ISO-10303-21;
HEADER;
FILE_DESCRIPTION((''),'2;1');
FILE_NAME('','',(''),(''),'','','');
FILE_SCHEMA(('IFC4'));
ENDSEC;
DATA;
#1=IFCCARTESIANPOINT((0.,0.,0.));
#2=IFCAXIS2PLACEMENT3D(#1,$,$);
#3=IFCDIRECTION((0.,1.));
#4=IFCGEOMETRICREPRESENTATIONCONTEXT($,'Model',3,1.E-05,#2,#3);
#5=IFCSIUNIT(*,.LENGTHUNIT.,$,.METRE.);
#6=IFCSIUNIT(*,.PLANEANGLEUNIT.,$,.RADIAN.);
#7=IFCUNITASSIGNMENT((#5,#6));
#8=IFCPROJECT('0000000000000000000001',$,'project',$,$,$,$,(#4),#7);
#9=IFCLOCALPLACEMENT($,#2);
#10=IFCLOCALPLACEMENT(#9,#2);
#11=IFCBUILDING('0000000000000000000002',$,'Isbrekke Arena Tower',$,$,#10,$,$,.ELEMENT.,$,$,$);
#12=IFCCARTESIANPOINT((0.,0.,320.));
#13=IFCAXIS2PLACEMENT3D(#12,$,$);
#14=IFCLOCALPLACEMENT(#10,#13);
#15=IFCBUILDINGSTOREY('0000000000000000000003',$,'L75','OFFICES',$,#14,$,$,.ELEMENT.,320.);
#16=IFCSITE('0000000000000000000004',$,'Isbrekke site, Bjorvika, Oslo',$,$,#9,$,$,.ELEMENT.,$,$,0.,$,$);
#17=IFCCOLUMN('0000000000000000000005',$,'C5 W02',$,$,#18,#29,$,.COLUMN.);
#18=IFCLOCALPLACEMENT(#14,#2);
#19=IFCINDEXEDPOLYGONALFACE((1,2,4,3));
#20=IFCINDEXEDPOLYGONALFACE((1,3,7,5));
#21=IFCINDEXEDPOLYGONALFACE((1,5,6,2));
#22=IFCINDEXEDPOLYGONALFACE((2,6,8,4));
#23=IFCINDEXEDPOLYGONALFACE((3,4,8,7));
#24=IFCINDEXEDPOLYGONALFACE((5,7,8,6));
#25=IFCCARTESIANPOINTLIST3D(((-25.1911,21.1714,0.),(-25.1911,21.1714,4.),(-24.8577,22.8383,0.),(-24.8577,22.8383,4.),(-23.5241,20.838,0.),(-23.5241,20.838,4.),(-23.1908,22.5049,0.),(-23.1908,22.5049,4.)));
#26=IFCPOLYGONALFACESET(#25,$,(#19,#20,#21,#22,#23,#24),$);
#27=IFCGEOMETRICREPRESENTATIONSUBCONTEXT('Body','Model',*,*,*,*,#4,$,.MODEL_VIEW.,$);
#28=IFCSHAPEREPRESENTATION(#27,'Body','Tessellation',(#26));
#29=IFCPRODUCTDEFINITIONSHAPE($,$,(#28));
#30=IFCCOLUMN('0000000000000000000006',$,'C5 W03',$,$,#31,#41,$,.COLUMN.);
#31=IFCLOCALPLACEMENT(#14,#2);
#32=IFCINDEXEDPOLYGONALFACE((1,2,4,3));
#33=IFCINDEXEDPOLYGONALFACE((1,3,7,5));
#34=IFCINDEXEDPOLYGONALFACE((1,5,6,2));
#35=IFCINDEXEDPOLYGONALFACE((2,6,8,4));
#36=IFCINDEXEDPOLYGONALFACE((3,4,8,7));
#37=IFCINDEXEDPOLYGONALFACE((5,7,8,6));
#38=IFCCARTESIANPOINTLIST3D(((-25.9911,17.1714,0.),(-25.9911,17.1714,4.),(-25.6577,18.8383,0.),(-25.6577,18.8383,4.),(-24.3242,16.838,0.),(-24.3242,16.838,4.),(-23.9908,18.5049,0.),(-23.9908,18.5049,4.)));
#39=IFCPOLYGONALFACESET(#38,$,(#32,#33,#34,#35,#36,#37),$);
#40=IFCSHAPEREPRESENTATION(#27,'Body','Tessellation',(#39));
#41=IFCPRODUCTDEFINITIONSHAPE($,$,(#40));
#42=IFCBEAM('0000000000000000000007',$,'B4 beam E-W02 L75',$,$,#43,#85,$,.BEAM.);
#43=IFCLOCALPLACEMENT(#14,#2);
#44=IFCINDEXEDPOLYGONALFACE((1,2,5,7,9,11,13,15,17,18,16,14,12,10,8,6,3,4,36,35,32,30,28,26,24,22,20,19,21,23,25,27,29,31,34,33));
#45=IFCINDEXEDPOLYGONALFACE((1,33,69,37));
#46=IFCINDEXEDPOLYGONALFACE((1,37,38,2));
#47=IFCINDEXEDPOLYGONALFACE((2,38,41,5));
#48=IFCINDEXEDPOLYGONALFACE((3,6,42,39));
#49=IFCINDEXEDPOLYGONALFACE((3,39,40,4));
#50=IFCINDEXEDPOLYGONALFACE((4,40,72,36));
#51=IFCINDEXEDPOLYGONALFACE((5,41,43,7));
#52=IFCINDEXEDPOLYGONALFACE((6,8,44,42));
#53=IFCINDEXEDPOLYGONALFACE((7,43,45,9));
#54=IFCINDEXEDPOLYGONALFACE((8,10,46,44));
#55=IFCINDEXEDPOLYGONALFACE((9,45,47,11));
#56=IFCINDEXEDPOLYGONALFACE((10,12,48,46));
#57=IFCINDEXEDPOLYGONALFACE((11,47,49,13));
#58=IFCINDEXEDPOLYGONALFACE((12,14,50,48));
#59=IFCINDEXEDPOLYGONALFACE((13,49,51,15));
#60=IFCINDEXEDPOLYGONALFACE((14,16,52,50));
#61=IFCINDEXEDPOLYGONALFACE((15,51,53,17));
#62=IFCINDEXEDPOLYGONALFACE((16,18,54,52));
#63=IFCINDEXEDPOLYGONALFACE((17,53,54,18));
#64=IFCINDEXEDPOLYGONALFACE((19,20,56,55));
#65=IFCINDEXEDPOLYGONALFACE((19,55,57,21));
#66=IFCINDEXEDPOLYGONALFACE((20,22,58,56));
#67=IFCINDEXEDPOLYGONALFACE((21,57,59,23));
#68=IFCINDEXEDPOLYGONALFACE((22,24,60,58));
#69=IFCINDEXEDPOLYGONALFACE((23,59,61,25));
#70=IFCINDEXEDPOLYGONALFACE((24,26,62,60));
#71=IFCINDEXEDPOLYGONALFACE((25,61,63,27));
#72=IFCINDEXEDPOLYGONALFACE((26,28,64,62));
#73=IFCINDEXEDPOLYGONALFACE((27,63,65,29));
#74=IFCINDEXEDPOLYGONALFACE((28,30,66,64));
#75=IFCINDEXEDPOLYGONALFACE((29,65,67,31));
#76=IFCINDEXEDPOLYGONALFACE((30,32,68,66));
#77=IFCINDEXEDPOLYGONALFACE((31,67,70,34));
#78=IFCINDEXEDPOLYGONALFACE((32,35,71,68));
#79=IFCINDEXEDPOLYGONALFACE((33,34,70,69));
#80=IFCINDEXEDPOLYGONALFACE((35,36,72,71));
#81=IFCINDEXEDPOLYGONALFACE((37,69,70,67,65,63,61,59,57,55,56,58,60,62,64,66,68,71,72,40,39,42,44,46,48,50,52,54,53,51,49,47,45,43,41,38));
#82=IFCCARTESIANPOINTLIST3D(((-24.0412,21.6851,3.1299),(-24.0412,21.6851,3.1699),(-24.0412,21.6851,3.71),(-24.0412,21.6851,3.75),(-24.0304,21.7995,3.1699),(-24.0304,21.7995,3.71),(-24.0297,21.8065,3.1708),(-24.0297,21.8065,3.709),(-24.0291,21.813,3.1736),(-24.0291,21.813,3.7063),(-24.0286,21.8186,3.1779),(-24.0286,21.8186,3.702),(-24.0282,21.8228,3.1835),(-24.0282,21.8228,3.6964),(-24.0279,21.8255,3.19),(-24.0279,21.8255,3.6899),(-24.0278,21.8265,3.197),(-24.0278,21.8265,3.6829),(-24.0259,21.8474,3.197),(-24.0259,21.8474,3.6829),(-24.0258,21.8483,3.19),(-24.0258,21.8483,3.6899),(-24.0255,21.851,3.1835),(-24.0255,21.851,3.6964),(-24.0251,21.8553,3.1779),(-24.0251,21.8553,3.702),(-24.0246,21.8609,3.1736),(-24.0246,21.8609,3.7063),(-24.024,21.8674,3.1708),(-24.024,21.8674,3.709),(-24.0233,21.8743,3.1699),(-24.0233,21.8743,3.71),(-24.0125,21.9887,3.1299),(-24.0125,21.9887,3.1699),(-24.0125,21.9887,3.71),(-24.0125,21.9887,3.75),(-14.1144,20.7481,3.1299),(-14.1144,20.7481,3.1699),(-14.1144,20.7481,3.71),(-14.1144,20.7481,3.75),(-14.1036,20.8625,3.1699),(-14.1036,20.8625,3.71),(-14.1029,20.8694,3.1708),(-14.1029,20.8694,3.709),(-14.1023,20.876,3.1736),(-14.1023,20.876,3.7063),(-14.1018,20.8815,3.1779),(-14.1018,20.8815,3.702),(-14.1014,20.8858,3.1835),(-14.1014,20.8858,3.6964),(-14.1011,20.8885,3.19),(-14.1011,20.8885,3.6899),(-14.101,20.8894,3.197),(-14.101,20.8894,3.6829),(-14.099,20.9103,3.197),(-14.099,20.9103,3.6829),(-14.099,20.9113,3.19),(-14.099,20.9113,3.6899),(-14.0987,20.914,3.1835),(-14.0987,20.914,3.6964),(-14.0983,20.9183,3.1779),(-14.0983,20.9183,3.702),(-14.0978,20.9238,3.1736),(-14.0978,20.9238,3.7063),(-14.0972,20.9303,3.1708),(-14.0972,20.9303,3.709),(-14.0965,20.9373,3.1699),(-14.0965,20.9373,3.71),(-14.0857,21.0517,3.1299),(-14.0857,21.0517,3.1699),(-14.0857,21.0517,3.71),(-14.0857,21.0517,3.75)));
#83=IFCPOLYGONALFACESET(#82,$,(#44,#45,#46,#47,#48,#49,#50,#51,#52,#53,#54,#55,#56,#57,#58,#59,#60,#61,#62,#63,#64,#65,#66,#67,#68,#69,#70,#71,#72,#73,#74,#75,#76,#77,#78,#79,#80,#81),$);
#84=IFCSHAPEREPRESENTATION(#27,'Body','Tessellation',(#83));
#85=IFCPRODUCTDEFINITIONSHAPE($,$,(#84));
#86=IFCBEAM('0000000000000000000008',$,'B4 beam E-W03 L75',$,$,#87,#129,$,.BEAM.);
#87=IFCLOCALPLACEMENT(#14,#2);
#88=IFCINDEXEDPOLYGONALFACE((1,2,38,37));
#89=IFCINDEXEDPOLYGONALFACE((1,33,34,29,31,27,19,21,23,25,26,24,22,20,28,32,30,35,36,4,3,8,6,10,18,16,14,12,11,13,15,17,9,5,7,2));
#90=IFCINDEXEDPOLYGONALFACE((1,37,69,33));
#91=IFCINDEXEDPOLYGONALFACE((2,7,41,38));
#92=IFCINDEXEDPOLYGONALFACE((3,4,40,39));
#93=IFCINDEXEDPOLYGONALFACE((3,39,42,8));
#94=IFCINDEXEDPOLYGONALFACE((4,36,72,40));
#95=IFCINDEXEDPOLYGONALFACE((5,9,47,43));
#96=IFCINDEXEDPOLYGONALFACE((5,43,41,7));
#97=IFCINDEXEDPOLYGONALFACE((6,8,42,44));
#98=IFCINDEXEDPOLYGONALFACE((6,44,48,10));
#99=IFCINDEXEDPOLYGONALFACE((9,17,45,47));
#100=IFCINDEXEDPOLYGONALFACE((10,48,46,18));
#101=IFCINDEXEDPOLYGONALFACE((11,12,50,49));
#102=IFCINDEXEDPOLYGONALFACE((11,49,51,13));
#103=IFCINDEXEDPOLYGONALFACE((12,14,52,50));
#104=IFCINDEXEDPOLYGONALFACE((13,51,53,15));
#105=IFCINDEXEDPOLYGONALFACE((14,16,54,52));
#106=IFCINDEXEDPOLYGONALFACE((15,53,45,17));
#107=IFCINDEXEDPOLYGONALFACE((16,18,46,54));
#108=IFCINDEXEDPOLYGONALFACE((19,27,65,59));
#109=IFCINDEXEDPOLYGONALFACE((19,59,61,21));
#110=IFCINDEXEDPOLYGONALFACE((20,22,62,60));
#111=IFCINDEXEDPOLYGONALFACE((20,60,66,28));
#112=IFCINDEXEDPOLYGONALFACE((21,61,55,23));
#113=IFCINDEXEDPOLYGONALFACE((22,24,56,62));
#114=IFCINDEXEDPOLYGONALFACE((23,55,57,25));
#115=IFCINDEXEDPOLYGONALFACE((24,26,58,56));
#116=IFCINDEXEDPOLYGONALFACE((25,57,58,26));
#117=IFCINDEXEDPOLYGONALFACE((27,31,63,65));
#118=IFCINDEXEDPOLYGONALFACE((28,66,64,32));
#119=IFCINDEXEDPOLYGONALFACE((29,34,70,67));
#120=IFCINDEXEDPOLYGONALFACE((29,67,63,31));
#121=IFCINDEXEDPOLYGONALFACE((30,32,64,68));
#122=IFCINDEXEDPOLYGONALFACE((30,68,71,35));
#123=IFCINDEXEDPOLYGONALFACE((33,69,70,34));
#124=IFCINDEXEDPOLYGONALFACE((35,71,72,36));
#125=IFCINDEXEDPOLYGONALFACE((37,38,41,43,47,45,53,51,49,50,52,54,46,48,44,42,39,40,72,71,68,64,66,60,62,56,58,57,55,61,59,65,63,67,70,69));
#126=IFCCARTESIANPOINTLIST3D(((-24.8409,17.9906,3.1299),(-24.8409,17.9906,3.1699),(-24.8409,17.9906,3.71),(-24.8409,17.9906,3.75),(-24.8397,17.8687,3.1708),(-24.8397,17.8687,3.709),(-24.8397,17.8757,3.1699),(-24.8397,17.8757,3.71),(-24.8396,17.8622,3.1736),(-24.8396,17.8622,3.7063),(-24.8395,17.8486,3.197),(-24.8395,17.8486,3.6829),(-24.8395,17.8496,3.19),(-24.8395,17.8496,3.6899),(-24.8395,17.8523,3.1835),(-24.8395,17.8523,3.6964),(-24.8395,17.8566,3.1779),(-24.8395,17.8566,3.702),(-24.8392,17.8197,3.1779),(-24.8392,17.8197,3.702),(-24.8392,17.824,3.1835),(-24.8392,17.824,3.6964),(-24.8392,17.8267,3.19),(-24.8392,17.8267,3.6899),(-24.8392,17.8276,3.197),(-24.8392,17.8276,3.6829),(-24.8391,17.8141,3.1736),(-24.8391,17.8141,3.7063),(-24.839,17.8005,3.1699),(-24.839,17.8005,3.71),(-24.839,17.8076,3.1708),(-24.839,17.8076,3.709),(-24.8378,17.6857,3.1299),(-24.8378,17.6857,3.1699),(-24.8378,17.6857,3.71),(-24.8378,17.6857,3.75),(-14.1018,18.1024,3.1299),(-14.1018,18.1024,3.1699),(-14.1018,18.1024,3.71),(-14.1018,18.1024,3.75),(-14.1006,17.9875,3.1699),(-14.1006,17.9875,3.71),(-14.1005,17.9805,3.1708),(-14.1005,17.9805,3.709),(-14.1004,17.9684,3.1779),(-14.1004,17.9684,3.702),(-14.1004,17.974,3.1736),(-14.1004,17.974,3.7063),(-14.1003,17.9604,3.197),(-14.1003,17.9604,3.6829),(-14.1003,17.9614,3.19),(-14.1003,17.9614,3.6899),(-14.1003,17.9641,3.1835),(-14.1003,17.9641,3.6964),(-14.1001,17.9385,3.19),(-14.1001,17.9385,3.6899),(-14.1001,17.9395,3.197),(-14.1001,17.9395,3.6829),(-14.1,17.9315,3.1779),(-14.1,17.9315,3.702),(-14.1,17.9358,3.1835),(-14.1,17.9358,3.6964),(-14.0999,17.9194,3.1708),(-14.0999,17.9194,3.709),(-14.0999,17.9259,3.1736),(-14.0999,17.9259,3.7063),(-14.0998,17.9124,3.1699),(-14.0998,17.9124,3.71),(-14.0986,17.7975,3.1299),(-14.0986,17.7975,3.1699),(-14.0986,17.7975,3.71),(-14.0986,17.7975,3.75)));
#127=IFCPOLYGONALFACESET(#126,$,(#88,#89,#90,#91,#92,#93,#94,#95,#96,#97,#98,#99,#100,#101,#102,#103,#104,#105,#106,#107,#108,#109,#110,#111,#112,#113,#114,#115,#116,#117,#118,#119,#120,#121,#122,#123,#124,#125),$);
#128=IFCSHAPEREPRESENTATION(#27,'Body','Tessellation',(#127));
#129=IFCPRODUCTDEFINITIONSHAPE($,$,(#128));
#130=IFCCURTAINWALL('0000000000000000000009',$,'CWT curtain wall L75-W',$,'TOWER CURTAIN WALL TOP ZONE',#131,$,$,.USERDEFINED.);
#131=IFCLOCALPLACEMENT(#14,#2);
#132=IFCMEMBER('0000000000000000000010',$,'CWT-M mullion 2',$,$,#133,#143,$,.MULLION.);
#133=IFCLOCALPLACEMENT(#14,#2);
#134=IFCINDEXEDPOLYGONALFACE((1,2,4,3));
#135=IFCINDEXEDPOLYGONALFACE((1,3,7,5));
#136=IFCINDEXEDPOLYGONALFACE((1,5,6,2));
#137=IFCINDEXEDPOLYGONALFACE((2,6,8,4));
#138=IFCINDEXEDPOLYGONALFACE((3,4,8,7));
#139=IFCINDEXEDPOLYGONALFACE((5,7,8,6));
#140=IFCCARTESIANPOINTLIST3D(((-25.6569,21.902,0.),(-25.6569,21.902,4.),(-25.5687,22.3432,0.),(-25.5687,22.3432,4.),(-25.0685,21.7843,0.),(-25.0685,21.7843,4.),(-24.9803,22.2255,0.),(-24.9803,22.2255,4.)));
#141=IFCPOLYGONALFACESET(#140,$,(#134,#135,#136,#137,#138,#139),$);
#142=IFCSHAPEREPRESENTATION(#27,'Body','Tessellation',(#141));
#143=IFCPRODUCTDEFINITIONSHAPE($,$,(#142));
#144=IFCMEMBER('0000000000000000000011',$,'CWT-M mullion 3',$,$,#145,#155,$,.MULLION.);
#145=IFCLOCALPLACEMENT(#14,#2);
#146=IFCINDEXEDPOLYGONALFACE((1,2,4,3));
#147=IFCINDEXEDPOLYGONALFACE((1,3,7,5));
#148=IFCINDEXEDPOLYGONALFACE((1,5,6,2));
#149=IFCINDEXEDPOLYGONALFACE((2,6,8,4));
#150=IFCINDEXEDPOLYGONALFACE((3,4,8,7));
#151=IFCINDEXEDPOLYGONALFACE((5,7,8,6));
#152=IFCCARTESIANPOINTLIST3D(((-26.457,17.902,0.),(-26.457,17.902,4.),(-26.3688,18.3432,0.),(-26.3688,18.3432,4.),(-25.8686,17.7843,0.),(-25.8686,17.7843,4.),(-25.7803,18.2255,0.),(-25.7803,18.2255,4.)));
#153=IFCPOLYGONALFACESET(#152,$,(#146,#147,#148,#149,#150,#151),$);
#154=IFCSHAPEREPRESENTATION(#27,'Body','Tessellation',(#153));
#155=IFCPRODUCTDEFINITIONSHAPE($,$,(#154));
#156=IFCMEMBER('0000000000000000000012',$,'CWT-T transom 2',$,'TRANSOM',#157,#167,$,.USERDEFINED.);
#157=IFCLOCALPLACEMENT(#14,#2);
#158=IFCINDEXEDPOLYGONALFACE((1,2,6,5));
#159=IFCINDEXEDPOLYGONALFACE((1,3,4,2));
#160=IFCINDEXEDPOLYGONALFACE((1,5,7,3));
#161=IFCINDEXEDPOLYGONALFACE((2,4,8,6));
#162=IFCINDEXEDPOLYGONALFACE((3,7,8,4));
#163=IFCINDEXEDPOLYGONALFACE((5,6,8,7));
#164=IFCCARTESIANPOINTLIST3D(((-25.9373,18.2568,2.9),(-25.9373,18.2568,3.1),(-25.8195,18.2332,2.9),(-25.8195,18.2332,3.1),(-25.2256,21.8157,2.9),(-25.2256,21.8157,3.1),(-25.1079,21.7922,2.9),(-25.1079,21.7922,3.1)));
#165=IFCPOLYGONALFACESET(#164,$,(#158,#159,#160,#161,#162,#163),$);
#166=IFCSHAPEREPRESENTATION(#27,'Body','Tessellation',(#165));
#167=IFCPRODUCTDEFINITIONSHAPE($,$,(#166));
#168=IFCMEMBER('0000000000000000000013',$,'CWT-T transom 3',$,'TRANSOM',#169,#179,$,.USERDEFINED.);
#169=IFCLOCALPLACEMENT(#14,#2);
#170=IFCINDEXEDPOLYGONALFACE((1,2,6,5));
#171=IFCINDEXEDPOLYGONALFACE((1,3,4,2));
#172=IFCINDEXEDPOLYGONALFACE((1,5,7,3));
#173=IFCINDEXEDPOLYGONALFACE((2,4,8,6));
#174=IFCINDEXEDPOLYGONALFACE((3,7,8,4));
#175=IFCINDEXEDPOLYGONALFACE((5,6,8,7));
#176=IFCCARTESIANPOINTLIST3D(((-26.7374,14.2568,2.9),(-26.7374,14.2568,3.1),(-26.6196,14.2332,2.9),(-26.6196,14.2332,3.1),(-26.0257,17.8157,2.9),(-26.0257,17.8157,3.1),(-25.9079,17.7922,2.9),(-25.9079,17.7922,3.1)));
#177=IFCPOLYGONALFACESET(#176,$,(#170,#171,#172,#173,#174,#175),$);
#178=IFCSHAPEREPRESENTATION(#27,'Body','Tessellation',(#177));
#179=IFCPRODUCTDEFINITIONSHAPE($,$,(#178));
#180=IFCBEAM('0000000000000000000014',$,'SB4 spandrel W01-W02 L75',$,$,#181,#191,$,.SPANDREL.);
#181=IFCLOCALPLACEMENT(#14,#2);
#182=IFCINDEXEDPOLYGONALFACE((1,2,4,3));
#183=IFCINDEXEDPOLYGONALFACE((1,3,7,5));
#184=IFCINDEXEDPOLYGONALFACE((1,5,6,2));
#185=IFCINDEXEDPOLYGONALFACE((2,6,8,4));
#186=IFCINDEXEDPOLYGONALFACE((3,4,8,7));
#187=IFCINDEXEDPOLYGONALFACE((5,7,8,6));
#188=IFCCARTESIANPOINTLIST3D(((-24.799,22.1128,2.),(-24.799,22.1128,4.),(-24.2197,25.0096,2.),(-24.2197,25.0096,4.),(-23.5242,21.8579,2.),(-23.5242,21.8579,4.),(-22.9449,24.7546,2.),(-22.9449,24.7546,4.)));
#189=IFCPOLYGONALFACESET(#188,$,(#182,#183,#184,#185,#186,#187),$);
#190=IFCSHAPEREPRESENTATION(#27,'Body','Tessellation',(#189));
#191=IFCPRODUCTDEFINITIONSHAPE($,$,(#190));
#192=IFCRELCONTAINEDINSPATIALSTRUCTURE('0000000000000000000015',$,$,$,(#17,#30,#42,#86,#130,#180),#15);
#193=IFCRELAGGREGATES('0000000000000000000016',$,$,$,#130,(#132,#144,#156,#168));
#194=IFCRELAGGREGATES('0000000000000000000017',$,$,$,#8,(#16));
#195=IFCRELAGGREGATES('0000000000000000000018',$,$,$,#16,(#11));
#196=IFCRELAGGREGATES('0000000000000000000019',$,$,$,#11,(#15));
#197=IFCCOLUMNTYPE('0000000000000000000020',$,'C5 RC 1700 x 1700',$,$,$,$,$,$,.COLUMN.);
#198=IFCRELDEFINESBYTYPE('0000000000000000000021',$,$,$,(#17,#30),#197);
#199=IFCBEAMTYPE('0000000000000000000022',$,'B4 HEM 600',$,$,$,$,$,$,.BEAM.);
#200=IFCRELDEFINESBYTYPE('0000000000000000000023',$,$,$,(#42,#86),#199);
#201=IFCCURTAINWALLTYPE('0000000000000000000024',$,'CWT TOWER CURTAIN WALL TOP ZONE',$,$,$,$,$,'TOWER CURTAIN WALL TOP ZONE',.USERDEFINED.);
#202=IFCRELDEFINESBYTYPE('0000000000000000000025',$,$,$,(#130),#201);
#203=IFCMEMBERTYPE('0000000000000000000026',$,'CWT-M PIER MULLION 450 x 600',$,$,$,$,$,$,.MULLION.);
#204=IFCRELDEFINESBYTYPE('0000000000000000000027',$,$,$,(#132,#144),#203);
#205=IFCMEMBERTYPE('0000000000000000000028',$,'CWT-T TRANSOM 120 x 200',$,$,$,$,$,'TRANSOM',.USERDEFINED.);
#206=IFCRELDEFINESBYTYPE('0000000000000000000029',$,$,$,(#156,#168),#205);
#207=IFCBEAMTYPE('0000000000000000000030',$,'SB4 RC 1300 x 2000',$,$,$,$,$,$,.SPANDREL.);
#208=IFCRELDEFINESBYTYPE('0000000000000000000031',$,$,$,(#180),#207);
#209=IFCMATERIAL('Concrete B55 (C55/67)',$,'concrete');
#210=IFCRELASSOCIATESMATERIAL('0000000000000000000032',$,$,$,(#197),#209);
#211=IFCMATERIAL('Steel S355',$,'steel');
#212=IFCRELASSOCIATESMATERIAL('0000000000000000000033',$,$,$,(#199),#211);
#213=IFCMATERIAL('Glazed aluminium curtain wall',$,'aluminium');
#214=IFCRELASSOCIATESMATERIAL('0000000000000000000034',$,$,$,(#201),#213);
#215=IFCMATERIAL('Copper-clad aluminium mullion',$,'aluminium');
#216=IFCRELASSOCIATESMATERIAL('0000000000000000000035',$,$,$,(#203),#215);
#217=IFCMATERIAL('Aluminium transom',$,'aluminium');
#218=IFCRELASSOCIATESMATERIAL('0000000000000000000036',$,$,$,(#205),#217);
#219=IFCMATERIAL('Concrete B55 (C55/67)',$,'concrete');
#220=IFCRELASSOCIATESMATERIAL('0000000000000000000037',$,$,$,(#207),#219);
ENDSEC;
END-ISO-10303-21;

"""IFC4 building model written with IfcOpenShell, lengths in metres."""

from ifc_helpers import new_model, si_unit, direction, frame, origin, origin_2d, place, context, subcontext, project, spatial, rectangle, i_section, extrude, material, material_profile, profile_set, type_object, element, aggregate, save


model = new_model("IFC4")

# Units and contexts
model_context = context("Model", 3, precision=1e-05, world=origin(), true_north=direction((0.0, 1.0)))
body_context = subcontext(model_context, "Body", "Model", "MODEL_VIEW")
ifc_project = project(units=[si_unit("LENGTHUNIT", "METRE"), si_unit("PLANEANGLEUNIT", "RADIAN")], contexts=[model_context])

# Site, building, storey
site_placement = place(None, origin())
site = spatial("IfcSite", under=ifc_project, at=site_placement, Name="Isbrekke site, Bjorvika, Oslo", CompositionType="ELEMENT", RefElevation=0.0)
building_placement = place(site_placement, origin())
building = spatial("IfcBuilding", under=site, at=building_placement, Name="Isbrekke Arena Tower", CompositionType="ELEMENT")
storey_placement = place(building_placement, frame((0.0, 0.0, 320.0)))
storey = spatial("IfcBuildingStorey", under=building, at=storey_placement, Name="L75", Description="OFFICES", CompositionType="ELEMENT", Elevation=320.0)

# Columns
ifc_material_1 = material(Name="Concrete B55 (C55/67)", Category="concrete")
ifc_material_profile_1 = material_profile(ifc_material_1, rectangle(XDim=1.7, YDim=1.7, at=origin_2d()), Name="RC 1700x1700")
ifc_profile_set_1 = profile_set([ifc_material_profile_1], Name="Concrete B55 (C55/67)")
column_type = type_object("IfcColumnType", Name="C5 RC 1700 x 1700", PredefinedType="COLUMN", material=ifc_profile_set_1)
for number, where, z_axis, x_axis, name in (
    (1, (-24.1909, 21.8381, 0.0), (0.0, 0.0, 1.0), (-0.196116, -0.980581, 0.0), "C5 W02"),
    (2, (-24.991, 17.8381, 0.0), (0.0, 0.0, 1.0), (-0.196116, -0.980581, 0.0), "C5 W03"),
):
    element("IfcColumn", number, at=place(storey_placement, frame(where, z_axis=z_axis, x_axis=x_axis)), inside=storey, type_object=column_type, Name=name, PredefinedType="COLUMN", context=body_context, shape_type="SweptSolid", body=[
        extrude(rectangle(XDim=1.7, YDim=1.7, at=origin_2d()), origin(), (0.0, 0.0, 1.0), 4.0),
    ])

# Beams
ifc_material_2 = material(Name="Steel S355", Category="steel")
ifc_material_profile_2 = material_profile(ifc_material_2, i_section(OverallWidth=0.3049, OverallDepth=0.6201, WebThickness=0.021, FlangeThickness=0.04, FilletRadius=0.0271, at=origin_2d()), Name="HEM 600")
ifc_profile_set_2 = profile_set([ifc_material_profile_2], Name="Steel S355")
beam_type_1 = type_object("IfcBeamType", Name="B4 HEM 600", PredefinedType="BEAM", material=ifc_profile_set_2)
beam_1_placement = place(storey_placement, frame((-24.0269, 21.8369, 3.4399), z_axis=(0.995575, -0.093975, 0.0), x_axis=(0.093975, 0.995575, 0.0)))
element("IfcBeam", 3, at=beam_1_placement, inside=storey, type_object=beam_type_1, Name="B4 beam E-W02 L75", PredefinedType="BEAM", context=body_context, shape_type="SweptSolid", body=[
    extrude(i_section(OverallWidth=0.3049, OverallDepth=0.6201, WebThickness=0.021, FlangeThickness=0.04, FilletRadius=0.0271, at=origin_2d()), origin(), (0.0, 0.0, 1.0), 9.9709),
])
beam_2_placement = place(storey_placement, frame((-24.8394, 17.8381, 3.4399), z_axis=(0.999946, 0.010411, 0.0), x_axis=(-0.010411, 0.999946, 0.0)))
element("IfcBeam", 4, at=beam_2_placement, inside=storey, type_object=beam_type_1, Name="B4 beam E-W03 L75", PredefinedType="BEAM", context=body_context, shape_type="SweptSolid", body=[
    extrude(i_section(OverallWidth=0.3049, OverallDepth=0.6201, WebThickness=0.021, FlangeThickness=0.04, FilletRadius=0.0271, at=origin_2d()), origin(), (0.0, 0.0, 1.0), 10.7397),
])

# Curtain wall, members
ifc_material_3 = material(Name="Glazed aluminium curtain wall", Category="aluminium")
curtain_wall_type = type_object("IfcCurtainWallType", Name="CWT TOWER CURTAIN WALL TOP ZONE", ElementType="TOWER CURTAIN WALL TOP ZONE", PredefinedType="USERDEFINED", material=ifc_material_3)
curtain_wall_placement = place(storey_placement, origin())
curtain_wall = element("IfcCurtainWall", 5, at=curtain_wall_placement, inside=storey, type_object=curtain_wall_type, Name="CWT curtain wall L75-W", ObjectType="TOWER CURTAIN WALL TOP ZONE", PredefinedType="USERDEFINED")
ifc_material_4 = material(Name="Copper-clad aluminium mullion", Category="aluminium")
ifc_material_profile_3 = material_profile(ifc_material_4, rectangle(XDim=0.45, YDim=0.6001, at=origin_2d()), Name="PIER 450X600")
ifc_profile_set_3 = profile_set([ifc_material_profile_3], Name="Copper-clad aluminium mullion")
member_type_1 = type_object("IfcMemberType", Name="CWT-M PIER MULLION 450 x 600", PredefinedType="MULLION", material=ifc_profile_set_3)
member_1_placement = place(storey_placement, frame((-25.3186, 22.0637, 0.0), z_axis=(0.0, 0.0, 1.0), x_axis=(-0.196116, -0.980581, 0.0)))
member_1 = element("IfcMember", 6, at=member_1_placement, type_object=member_type_1, Name="CWT-M mullion 2", PredefinedType="MULLION", context=body_context, shape_type="SweptSolid", body=[
    extrude(rectangle(XDim=0.45, YDim=0.6001, at=origin_2d()), origin(), (0.0, 0.0, 1.0), 4.0),
])
member_2_placement = place(storey_placement, frame((-26.1187, 18.0637, 0.0), z_axis=(0.0, 0.0, 1.0), x_axis=(-0.196116, -0.980581, 0.0)))
member_2 = element("IfcMember", 7, at=member_2_placement, type_object=member_type_1, Name="CWT-M mullion 3", PredefinedType="MULLION", context=body_context, shape_type="SweptSolid", body=[
    extrude(rectangle(XDim=0.45, YDim=0.6001, at=origin_2d()), origin(), (0.0, 0.0, 1.0), 4.0),
])
ifc_material_5 = material(Name="Aluminium transom", Category="aluminium")
ifc_material_profile_4 = material_profile(ifc_material_5, rectangle(XDim=0.1201, YDim=0.2, at=origin_2d()), Name="TRANSOM 120X200")
ifc_profile_set_4 = profile_set([ifc_material_profile_4], Name="Aluminium transom")
member_type_2 = type_object("IfcMemberType", Name="CWT-T TRANSOM 120 x 200", ElementType="TRANSOM", PredefinedType="USERDEFINED", material=ifc_profile_set_4)
member_3_placement = place(storey_placement, frame((-25.1667, 21.804, 3.0), z_axis=(-0.19609, -0.980586, 0.0), x_axis=(0.980586, -0.19609, 0.0)))
member_3 = element("IfcMember", 8, at=member_3_placement, type_object=member_type_2, Name="CWT-T transom 2", ObjectType="TRANSOM", PredefinedType="USERDEFINED", context=body_context, shape_type="SweptSolid", body=[
    extrude(rectangle(XDim=0.1201, YDim=0.2, at=origin_2d()), origin(), (0.0, 0.0, 1.0), 3.6294),
])
member_4_placement = place(storey_placement, frame((-25.9668, 17.804, 3.0), z_axis=(-0.19609, -0.980586, 0.0), x_axis=(0.980586, -0.19609, 0.0)))
member_4 = element("IfcMember", 9, at=member_4_placement, type_object=member_type_2, Name="CWT-T transom 3", ObjectType="TRANSOM", PredefinedType="USERDEFINED", context=body_context, shape_type="SweptSolid", body=[
    extrude(rectangle(XDim=0.1201, YDim=0.2, at=origin_2d()), origin(), (0.0, 0.0, 1.0), 3.6294),
])

# Beam
ifc_material_6 = material(Name="Concrete B55 (C55/67)", Category="concrete")
ifc_material_profile_5 = material_profile(ifc_material_6, rectangle(XDim=1.3, YDim=2.0, at=origin_2d()), Name="RC 1300x2000")
ifc_profile_set_5 = profile_set([ifc_material_profile_5], Name="Concrete B55 (C55/67)")
beam_type_2 = type_object("IfcBeamType", Name="SB4 RC 1300 x 2000", PredefinedType="SPANDREL", material=ifc_profile_set_5)
beam_3_placement = place(storey_placement, frame((-23.5823, 24.8821, 3.0), z_axis=(-0.196116, -0.980581, 0.0), x_axis=(0.980581, -0.196116, 0.0)))
element("IfcBeam", 10, at=beam_3_placement, inside=storey, type_object=beam_type_2, Name="SB4 spandrel W01-W02 L75", PredefinedType="SPANDREL", context=body_context, shape_type="SweptSolid", body=[
    extrude(rectangle(XDim=1.3, YDim=2.0, at=origin_2d()), origin(), (0.0, 0.0, 1.0), 2.9541),
])

aggregate(curtain_wall, [member_1, member_2, member_3, member_4])

save(model, "model.ifc")
